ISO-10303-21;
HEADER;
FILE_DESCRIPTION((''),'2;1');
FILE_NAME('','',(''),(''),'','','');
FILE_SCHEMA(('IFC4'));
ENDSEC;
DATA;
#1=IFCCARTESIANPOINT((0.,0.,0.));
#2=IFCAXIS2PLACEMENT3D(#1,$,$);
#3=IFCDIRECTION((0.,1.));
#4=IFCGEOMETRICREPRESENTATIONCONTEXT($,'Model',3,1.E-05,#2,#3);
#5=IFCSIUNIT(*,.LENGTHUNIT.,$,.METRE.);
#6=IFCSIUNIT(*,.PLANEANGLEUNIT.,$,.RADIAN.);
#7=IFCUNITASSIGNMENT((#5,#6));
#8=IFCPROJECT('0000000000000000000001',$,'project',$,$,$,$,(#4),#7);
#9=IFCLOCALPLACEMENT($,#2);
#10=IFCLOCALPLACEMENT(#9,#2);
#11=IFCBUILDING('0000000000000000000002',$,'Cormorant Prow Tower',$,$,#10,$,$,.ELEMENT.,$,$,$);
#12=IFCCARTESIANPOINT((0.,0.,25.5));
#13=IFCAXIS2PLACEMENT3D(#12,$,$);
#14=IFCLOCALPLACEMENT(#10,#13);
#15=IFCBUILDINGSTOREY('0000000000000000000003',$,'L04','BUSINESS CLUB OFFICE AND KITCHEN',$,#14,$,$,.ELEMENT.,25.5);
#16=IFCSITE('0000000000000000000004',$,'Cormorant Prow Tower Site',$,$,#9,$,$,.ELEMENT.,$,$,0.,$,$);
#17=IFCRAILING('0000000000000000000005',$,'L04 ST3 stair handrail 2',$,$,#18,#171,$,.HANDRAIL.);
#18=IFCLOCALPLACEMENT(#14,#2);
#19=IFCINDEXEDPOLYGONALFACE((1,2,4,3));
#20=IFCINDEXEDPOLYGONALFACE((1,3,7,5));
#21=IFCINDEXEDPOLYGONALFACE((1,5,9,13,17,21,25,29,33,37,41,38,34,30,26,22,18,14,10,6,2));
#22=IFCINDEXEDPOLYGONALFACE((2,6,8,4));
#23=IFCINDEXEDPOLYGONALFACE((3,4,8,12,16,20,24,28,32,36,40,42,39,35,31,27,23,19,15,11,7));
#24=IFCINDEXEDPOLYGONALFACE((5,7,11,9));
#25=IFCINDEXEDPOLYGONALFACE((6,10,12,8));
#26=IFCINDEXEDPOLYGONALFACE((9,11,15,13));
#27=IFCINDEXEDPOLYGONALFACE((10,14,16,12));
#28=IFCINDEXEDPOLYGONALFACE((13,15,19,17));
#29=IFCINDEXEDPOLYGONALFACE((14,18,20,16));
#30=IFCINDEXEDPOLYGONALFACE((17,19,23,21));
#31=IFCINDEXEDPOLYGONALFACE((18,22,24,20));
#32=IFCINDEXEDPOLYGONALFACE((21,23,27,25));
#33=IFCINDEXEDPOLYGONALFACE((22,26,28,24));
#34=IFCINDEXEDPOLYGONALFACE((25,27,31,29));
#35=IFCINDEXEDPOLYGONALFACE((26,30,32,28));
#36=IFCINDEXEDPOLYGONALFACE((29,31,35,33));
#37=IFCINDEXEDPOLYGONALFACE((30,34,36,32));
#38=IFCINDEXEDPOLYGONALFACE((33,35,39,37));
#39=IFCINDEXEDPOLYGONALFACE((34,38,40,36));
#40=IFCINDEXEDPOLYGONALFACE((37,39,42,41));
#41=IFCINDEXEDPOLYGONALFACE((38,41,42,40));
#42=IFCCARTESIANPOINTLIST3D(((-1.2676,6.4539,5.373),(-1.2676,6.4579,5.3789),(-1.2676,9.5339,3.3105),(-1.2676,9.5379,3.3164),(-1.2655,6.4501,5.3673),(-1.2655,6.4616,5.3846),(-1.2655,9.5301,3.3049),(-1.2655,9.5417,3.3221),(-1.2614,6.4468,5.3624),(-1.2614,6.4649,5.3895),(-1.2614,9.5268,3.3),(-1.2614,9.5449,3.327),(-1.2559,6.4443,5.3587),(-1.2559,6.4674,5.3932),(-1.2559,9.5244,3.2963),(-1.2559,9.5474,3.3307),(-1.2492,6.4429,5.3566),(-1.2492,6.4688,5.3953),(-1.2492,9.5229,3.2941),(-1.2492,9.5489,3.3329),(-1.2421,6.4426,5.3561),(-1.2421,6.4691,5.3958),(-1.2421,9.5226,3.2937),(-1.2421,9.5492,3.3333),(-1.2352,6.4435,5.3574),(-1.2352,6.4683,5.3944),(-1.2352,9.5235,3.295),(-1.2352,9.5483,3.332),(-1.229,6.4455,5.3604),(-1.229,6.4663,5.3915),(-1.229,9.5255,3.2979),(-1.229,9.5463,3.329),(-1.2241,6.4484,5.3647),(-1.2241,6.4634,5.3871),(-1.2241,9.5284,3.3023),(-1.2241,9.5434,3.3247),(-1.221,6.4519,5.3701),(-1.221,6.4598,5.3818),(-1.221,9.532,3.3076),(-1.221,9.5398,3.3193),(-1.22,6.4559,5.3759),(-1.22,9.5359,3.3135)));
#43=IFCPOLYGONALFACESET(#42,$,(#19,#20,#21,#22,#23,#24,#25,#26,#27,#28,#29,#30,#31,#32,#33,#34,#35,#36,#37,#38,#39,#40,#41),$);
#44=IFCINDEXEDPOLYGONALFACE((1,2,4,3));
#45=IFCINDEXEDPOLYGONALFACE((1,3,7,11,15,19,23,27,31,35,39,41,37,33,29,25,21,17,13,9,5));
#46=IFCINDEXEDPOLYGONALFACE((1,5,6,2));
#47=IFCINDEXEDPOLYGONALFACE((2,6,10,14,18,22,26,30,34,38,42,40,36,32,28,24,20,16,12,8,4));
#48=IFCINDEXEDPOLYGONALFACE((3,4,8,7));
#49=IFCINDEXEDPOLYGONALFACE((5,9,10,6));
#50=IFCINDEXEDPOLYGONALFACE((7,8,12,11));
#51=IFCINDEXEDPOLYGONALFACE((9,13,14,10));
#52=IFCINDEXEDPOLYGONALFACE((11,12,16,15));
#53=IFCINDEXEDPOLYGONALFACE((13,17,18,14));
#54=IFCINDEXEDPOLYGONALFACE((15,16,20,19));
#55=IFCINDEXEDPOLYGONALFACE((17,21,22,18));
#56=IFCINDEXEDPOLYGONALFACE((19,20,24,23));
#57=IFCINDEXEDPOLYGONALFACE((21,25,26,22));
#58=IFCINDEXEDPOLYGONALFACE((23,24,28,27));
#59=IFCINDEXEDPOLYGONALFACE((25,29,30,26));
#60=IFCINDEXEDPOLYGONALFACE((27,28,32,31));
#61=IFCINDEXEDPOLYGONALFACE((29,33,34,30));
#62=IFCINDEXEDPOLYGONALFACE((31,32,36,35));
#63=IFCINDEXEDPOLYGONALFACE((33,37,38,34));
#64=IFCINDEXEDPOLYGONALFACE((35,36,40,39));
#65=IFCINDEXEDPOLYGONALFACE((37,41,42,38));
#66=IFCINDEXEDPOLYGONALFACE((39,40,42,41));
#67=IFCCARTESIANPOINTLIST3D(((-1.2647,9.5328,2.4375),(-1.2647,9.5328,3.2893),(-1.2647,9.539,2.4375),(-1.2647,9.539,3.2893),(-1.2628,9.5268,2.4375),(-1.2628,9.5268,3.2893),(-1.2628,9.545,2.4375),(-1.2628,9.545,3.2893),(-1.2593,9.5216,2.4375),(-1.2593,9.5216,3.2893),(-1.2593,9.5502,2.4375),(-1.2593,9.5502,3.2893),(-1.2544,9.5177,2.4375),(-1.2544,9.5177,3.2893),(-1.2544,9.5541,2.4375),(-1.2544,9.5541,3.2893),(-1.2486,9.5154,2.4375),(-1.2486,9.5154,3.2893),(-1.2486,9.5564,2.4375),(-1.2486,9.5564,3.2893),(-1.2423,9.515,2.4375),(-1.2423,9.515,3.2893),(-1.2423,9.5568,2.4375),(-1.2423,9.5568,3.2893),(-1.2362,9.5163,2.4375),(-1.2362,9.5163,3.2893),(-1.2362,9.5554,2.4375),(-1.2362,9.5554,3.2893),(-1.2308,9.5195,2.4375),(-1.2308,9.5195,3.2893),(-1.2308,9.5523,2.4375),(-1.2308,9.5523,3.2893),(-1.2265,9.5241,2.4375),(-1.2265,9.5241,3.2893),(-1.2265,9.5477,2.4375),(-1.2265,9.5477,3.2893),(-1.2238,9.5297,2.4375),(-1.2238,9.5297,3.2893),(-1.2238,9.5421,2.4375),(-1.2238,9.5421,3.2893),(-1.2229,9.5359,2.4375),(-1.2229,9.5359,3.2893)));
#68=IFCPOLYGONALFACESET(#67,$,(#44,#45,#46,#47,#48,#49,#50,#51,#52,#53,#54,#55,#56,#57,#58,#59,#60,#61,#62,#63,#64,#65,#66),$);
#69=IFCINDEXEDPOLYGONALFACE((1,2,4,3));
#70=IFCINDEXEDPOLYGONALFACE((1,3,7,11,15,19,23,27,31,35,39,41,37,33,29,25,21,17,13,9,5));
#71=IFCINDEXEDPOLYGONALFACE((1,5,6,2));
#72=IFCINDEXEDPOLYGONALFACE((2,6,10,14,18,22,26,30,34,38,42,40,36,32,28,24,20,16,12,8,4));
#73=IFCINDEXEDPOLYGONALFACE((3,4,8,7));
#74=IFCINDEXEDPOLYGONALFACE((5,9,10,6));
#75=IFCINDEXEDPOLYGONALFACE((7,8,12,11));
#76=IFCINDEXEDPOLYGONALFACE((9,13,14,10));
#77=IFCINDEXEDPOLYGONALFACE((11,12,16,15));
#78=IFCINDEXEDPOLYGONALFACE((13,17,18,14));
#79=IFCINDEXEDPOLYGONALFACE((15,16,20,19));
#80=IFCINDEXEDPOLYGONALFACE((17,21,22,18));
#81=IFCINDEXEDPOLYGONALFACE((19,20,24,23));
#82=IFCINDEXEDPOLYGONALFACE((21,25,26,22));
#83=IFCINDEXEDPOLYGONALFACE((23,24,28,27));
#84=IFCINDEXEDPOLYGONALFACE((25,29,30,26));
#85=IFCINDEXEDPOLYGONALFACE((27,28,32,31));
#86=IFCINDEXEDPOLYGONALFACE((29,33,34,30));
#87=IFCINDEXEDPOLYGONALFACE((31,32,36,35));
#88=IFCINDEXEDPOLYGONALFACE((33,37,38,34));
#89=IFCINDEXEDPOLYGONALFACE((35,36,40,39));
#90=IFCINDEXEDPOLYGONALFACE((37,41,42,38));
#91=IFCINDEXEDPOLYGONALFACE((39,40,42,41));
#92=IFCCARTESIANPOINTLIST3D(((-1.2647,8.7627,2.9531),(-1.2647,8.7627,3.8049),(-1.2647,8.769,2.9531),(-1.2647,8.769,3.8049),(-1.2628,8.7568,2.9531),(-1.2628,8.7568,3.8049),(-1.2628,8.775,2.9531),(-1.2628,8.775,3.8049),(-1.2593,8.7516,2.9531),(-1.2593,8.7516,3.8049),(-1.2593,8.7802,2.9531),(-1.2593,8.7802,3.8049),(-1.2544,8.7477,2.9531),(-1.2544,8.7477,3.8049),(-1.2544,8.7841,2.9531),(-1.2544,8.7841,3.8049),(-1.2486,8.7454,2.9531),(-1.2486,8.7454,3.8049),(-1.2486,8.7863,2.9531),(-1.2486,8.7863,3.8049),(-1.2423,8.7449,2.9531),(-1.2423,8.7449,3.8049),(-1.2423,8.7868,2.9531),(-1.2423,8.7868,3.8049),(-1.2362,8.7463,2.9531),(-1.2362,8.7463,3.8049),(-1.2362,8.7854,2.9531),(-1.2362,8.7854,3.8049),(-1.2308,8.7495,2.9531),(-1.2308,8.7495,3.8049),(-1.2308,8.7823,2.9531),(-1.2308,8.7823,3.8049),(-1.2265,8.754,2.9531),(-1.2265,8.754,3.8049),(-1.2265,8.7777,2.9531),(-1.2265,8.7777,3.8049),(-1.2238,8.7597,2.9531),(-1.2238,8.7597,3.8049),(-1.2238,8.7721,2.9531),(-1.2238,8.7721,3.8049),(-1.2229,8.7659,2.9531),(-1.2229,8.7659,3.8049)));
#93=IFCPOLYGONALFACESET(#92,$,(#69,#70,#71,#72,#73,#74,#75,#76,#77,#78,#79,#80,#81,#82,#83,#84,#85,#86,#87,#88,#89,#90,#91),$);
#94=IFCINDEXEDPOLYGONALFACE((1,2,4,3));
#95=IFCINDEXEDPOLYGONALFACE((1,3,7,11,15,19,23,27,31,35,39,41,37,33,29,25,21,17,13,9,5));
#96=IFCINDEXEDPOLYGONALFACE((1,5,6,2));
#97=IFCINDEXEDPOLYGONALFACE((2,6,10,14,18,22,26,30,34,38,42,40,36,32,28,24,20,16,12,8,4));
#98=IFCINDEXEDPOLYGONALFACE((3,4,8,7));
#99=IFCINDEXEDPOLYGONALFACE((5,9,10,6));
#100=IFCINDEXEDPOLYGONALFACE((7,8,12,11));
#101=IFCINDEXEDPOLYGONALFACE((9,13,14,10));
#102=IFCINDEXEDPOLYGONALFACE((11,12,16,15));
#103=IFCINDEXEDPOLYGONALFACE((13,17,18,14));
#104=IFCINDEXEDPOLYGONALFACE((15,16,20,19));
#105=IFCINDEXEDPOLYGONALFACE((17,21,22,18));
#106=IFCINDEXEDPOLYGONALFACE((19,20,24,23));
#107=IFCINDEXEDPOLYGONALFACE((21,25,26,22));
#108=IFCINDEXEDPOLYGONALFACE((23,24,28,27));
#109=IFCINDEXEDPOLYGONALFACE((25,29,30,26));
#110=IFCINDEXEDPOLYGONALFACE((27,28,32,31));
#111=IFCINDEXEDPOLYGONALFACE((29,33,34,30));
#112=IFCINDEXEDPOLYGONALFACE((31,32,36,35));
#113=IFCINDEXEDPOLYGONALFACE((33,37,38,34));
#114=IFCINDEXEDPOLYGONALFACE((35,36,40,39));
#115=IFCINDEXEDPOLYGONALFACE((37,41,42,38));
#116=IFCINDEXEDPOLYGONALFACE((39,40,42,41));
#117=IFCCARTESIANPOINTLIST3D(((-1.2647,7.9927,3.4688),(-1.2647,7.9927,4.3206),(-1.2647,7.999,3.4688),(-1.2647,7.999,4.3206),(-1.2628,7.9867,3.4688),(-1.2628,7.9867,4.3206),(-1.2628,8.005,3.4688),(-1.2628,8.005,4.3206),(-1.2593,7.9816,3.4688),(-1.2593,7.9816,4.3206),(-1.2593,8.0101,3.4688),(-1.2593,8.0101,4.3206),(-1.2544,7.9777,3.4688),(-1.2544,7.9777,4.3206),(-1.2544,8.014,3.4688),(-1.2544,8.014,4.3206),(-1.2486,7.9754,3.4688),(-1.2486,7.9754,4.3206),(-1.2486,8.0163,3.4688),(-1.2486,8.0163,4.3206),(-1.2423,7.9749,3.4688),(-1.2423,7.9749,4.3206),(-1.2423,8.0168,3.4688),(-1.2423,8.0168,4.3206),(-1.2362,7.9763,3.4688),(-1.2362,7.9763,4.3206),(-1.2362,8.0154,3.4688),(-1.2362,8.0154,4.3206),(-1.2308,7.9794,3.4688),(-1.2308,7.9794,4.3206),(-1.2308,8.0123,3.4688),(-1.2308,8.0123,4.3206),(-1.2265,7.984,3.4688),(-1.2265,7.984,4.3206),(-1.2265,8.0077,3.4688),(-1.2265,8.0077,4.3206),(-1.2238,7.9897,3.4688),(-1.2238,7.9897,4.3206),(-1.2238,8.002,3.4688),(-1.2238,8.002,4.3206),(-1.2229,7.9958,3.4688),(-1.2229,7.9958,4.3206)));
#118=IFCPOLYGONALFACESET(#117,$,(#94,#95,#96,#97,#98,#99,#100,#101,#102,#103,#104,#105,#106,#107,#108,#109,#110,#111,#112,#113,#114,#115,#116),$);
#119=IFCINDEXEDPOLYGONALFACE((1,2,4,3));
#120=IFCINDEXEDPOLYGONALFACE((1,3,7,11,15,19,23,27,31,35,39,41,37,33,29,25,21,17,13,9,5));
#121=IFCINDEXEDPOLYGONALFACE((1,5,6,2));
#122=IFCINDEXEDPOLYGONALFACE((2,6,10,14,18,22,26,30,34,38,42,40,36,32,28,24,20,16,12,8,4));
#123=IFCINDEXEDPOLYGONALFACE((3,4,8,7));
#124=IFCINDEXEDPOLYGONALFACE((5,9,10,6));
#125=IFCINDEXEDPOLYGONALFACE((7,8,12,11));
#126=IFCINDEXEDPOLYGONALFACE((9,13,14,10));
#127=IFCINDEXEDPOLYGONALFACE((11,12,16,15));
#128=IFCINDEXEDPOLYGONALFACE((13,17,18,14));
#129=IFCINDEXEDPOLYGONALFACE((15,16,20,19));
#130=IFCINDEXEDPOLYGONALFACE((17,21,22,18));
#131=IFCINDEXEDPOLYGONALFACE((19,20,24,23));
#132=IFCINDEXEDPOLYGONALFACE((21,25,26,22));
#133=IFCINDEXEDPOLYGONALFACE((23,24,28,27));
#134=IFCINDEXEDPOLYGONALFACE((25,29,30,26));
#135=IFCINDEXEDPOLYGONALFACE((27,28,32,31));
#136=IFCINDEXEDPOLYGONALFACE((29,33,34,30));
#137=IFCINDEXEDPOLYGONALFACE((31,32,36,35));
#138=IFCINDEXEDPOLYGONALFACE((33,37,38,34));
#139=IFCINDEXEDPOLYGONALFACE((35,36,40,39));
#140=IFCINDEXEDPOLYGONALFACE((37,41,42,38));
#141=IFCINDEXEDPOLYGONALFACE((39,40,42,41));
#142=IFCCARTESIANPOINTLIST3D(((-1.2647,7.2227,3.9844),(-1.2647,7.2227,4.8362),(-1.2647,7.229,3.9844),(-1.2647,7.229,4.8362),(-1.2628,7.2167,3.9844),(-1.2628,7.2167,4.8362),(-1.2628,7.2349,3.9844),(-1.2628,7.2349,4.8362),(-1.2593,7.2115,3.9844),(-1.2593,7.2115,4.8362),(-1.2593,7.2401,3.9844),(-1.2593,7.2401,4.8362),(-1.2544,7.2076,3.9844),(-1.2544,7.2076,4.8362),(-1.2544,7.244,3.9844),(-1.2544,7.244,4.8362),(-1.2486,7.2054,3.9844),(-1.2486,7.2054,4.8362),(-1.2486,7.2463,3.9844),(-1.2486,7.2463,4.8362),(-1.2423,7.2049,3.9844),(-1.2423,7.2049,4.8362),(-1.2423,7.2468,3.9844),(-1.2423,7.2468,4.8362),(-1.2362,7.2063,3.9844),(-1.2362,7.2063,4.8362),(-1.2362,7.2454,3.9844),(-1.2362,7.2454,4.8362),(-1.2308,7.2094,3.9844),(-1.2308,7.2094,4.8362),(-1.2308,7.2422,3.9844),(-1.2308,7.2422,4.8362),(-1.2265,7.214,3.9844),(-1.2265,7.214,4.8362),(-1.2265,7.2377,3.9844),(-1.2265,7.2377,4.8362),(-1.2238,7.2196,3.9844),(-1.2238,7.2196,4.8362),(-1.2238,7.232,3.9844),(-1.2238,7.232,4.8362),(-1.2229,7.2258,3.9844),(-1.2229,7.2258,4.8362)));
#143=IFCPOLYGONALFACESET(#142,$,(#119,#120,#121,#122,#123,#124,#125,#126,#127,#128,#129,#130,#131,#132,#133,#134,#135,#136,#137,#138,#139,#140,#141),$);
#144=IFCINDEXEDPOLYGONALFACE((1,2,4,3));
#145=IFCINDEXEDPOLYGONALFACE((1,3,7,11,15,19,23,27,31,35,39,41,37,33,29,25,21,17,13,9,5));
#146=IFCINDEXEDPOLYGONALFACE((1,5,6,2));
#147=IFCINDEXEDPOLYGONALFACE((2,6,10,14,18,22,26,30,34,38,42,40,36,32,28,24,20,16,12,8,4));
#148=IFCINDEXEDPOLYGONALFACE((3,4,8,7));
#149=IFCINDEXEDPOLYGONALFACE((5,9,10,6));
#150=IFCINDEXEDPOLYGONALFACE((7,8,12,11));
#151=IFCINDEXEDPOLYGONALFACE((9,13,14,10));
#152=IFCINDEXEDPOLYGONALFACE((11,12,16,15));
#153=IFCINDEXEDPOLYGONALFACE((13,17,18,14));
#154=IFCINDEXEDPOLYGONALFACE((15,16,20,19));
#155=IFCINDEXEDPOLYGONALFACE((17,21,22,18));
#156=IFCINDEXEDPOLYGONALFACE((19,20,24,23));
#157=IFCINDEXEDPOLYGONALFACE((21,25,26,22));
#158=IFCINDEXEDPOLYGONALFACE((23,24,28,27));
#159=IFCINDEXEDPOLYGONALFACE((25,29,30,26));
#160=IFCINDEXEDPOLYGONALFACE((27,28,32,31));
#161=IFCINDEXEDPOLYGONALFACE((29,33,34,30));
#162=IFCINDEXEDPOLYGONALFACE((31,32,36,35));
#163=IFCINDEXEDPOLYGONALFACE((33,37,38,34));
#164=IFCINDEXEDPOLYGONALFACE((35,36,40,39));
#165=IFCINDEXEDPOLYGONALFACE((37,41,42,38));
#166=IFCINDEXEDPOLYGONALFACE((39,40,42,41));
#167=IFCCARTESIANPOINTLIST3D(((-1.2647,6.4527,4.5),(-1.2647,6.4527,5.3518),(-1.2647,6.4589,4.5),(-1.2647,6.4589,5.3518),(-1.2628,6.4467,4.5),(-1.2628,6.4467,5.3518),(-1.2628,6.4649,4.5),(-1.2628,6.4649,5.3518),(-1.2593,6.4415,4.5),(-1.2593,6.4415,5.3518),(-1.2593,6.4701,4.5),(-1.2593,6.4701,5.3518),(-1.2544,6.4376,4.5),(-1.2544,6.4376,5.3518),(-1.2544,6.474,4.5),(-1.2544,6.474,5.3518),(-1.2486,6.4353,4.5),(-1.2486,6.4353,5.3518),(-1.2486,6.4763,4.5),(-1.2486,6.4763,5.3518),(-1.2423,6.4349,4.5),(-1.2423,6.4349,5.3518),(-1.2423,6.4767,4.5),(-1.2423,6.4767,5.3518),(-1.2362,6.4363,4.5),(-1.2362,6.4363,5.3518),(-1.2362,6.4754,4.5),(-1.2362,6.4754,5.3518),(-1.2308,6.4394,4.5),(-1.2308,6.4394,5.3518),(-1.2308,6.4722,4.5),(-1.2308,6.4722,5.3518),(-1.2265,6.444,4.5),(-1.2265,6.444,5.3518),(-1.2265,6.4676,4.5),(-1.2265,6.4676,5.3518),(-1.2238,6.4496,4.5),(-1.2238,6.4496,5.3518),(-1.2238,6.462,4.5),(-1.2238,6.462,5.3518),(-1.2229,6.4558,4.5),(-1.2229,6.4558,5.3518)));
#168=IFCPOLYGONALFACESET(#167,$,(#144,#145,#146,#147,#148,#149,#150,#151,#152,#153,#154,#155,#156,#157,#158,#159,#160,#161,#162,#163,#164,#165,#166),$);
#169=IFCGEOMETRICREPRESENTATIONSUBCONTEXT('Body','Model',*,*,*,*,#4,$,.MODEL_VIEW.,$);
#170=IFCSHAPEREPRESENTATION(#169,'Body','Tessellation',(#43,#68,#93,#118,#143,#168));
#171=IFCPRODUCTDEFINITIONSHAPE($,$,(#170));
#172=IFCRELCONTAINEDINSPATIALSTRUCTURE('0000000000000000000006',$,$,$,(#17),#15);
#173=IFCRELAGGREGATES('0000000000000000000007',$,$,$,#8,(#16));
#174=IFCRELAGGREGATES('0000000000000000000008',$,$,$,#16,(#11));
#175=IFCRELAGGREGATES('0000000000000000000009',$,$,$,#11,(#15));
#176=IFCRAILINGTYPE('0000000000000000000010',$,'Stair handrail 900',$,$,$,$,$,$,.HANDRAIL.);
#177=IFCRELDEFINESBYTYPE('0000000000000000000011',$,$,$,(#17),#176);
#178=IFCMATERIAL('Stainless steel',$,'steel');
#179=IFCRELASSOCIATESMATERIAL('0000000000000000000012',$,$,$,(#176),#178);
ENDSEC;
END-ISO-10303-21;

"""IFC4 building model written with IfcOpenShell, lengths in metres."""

from ifc_helpers import new_model, si_unit, direction, frame, origin, origin_2d, place, context, subcontext, project, spatial, circle, extrude, material, type_object, element, save


model = new_model("IFC4")

# Units and contexts
model_context = context("Model", 3, precision=1e-05, world=origin(), true_north=direction((0.0, 1.0)))
body_context = subcontext(model_context, "Body", "Model", "MODEL_VIEW")
ifc_project = project(units=[si_unit("LENGTHUNIT", "METRE"), si_unit("PLANEANGLEUNIT", "RADIAN")], contexts=[model_context])

# Site, building, storey
site_placement = place(None, origin())
site = spatial("IfcSite", under=ifc_project, at=site_placement, Name="Cormorant Prow Tower Site", CompositionType="ELEMENT", RefElevation=0.0)
building_placement = place(site_placement, origin())
building = spatial("IfcBuilding", under=site, at=building_placement, Name="Cormorant Prow Tower", CompositionType="ELEMENT")
storey_placement = place(building_placement, frame((0.0, 0.0, 25.5)))
storey = spatial("IfcBuildingStorey", under=building, at=storey_placement, Name="L04", Description="BUSINESS CLUB OFFICE AND KITCHEN", CompositionType="ELEMENT", Elevation=25.5)

# Railing
ifc_material_1 = material(Name="Stainless steel", Category="steel")
railing_type = type_object("IfcRailingType", Name="Stair handrail 900", PredefinedType="HANDRAIL", material=ifc_material_1)
railing_placement = place(storey_placement, frame((-1.2439, 9.5359, 2.4375)))
element("IfcRailing", 1, at=railing_placement, inside=storey, type_object=railing_type, Name="L04 ST3 stair handrail 2", PredefinedType="HANDRAIL", context=body_context, shape_type="SweptSolid", body=[
    extrude(circle(Radius=0.0239, at=origin_2d()), frame((0.0, 0.0, 0.876), z_axis=(0.0, -0.830914, 0.556401), x_axis=(1.0, 0.0, 0.0)), (0.0, 0.0, 1.0), 3.7068),
    extrude(circle(Radius=0.021, at=origin_2d()), origin(), (0.0, 0.0, 1.0), 0.8518),
    extrude(circle(Radius=0.021, at=origin_2d()), frame((0.0, -0.77, 0.5156)), (0.0, 0.0, 1.0), 0.8518),
    extrude(circle(Radius=0.021, at=origin_2d()), frame((0.0, -1.54, 1.0312)), (0.0, 0.0, 1.0), 0.8518),
    extrude(circle(Radius=0.021, at=origin_2d()), frame((0.0, -2.3101, 1.5469)), (0.0, 0.0, 1.0), 0.8518),
    extrude(circle(Radius=0.021, at=origin_2d()), frame((0.0, -3.0801, 2.0625)), (0.0, 0.0, 1.0), 0.8518),
])

save(model, "model.ifc")
